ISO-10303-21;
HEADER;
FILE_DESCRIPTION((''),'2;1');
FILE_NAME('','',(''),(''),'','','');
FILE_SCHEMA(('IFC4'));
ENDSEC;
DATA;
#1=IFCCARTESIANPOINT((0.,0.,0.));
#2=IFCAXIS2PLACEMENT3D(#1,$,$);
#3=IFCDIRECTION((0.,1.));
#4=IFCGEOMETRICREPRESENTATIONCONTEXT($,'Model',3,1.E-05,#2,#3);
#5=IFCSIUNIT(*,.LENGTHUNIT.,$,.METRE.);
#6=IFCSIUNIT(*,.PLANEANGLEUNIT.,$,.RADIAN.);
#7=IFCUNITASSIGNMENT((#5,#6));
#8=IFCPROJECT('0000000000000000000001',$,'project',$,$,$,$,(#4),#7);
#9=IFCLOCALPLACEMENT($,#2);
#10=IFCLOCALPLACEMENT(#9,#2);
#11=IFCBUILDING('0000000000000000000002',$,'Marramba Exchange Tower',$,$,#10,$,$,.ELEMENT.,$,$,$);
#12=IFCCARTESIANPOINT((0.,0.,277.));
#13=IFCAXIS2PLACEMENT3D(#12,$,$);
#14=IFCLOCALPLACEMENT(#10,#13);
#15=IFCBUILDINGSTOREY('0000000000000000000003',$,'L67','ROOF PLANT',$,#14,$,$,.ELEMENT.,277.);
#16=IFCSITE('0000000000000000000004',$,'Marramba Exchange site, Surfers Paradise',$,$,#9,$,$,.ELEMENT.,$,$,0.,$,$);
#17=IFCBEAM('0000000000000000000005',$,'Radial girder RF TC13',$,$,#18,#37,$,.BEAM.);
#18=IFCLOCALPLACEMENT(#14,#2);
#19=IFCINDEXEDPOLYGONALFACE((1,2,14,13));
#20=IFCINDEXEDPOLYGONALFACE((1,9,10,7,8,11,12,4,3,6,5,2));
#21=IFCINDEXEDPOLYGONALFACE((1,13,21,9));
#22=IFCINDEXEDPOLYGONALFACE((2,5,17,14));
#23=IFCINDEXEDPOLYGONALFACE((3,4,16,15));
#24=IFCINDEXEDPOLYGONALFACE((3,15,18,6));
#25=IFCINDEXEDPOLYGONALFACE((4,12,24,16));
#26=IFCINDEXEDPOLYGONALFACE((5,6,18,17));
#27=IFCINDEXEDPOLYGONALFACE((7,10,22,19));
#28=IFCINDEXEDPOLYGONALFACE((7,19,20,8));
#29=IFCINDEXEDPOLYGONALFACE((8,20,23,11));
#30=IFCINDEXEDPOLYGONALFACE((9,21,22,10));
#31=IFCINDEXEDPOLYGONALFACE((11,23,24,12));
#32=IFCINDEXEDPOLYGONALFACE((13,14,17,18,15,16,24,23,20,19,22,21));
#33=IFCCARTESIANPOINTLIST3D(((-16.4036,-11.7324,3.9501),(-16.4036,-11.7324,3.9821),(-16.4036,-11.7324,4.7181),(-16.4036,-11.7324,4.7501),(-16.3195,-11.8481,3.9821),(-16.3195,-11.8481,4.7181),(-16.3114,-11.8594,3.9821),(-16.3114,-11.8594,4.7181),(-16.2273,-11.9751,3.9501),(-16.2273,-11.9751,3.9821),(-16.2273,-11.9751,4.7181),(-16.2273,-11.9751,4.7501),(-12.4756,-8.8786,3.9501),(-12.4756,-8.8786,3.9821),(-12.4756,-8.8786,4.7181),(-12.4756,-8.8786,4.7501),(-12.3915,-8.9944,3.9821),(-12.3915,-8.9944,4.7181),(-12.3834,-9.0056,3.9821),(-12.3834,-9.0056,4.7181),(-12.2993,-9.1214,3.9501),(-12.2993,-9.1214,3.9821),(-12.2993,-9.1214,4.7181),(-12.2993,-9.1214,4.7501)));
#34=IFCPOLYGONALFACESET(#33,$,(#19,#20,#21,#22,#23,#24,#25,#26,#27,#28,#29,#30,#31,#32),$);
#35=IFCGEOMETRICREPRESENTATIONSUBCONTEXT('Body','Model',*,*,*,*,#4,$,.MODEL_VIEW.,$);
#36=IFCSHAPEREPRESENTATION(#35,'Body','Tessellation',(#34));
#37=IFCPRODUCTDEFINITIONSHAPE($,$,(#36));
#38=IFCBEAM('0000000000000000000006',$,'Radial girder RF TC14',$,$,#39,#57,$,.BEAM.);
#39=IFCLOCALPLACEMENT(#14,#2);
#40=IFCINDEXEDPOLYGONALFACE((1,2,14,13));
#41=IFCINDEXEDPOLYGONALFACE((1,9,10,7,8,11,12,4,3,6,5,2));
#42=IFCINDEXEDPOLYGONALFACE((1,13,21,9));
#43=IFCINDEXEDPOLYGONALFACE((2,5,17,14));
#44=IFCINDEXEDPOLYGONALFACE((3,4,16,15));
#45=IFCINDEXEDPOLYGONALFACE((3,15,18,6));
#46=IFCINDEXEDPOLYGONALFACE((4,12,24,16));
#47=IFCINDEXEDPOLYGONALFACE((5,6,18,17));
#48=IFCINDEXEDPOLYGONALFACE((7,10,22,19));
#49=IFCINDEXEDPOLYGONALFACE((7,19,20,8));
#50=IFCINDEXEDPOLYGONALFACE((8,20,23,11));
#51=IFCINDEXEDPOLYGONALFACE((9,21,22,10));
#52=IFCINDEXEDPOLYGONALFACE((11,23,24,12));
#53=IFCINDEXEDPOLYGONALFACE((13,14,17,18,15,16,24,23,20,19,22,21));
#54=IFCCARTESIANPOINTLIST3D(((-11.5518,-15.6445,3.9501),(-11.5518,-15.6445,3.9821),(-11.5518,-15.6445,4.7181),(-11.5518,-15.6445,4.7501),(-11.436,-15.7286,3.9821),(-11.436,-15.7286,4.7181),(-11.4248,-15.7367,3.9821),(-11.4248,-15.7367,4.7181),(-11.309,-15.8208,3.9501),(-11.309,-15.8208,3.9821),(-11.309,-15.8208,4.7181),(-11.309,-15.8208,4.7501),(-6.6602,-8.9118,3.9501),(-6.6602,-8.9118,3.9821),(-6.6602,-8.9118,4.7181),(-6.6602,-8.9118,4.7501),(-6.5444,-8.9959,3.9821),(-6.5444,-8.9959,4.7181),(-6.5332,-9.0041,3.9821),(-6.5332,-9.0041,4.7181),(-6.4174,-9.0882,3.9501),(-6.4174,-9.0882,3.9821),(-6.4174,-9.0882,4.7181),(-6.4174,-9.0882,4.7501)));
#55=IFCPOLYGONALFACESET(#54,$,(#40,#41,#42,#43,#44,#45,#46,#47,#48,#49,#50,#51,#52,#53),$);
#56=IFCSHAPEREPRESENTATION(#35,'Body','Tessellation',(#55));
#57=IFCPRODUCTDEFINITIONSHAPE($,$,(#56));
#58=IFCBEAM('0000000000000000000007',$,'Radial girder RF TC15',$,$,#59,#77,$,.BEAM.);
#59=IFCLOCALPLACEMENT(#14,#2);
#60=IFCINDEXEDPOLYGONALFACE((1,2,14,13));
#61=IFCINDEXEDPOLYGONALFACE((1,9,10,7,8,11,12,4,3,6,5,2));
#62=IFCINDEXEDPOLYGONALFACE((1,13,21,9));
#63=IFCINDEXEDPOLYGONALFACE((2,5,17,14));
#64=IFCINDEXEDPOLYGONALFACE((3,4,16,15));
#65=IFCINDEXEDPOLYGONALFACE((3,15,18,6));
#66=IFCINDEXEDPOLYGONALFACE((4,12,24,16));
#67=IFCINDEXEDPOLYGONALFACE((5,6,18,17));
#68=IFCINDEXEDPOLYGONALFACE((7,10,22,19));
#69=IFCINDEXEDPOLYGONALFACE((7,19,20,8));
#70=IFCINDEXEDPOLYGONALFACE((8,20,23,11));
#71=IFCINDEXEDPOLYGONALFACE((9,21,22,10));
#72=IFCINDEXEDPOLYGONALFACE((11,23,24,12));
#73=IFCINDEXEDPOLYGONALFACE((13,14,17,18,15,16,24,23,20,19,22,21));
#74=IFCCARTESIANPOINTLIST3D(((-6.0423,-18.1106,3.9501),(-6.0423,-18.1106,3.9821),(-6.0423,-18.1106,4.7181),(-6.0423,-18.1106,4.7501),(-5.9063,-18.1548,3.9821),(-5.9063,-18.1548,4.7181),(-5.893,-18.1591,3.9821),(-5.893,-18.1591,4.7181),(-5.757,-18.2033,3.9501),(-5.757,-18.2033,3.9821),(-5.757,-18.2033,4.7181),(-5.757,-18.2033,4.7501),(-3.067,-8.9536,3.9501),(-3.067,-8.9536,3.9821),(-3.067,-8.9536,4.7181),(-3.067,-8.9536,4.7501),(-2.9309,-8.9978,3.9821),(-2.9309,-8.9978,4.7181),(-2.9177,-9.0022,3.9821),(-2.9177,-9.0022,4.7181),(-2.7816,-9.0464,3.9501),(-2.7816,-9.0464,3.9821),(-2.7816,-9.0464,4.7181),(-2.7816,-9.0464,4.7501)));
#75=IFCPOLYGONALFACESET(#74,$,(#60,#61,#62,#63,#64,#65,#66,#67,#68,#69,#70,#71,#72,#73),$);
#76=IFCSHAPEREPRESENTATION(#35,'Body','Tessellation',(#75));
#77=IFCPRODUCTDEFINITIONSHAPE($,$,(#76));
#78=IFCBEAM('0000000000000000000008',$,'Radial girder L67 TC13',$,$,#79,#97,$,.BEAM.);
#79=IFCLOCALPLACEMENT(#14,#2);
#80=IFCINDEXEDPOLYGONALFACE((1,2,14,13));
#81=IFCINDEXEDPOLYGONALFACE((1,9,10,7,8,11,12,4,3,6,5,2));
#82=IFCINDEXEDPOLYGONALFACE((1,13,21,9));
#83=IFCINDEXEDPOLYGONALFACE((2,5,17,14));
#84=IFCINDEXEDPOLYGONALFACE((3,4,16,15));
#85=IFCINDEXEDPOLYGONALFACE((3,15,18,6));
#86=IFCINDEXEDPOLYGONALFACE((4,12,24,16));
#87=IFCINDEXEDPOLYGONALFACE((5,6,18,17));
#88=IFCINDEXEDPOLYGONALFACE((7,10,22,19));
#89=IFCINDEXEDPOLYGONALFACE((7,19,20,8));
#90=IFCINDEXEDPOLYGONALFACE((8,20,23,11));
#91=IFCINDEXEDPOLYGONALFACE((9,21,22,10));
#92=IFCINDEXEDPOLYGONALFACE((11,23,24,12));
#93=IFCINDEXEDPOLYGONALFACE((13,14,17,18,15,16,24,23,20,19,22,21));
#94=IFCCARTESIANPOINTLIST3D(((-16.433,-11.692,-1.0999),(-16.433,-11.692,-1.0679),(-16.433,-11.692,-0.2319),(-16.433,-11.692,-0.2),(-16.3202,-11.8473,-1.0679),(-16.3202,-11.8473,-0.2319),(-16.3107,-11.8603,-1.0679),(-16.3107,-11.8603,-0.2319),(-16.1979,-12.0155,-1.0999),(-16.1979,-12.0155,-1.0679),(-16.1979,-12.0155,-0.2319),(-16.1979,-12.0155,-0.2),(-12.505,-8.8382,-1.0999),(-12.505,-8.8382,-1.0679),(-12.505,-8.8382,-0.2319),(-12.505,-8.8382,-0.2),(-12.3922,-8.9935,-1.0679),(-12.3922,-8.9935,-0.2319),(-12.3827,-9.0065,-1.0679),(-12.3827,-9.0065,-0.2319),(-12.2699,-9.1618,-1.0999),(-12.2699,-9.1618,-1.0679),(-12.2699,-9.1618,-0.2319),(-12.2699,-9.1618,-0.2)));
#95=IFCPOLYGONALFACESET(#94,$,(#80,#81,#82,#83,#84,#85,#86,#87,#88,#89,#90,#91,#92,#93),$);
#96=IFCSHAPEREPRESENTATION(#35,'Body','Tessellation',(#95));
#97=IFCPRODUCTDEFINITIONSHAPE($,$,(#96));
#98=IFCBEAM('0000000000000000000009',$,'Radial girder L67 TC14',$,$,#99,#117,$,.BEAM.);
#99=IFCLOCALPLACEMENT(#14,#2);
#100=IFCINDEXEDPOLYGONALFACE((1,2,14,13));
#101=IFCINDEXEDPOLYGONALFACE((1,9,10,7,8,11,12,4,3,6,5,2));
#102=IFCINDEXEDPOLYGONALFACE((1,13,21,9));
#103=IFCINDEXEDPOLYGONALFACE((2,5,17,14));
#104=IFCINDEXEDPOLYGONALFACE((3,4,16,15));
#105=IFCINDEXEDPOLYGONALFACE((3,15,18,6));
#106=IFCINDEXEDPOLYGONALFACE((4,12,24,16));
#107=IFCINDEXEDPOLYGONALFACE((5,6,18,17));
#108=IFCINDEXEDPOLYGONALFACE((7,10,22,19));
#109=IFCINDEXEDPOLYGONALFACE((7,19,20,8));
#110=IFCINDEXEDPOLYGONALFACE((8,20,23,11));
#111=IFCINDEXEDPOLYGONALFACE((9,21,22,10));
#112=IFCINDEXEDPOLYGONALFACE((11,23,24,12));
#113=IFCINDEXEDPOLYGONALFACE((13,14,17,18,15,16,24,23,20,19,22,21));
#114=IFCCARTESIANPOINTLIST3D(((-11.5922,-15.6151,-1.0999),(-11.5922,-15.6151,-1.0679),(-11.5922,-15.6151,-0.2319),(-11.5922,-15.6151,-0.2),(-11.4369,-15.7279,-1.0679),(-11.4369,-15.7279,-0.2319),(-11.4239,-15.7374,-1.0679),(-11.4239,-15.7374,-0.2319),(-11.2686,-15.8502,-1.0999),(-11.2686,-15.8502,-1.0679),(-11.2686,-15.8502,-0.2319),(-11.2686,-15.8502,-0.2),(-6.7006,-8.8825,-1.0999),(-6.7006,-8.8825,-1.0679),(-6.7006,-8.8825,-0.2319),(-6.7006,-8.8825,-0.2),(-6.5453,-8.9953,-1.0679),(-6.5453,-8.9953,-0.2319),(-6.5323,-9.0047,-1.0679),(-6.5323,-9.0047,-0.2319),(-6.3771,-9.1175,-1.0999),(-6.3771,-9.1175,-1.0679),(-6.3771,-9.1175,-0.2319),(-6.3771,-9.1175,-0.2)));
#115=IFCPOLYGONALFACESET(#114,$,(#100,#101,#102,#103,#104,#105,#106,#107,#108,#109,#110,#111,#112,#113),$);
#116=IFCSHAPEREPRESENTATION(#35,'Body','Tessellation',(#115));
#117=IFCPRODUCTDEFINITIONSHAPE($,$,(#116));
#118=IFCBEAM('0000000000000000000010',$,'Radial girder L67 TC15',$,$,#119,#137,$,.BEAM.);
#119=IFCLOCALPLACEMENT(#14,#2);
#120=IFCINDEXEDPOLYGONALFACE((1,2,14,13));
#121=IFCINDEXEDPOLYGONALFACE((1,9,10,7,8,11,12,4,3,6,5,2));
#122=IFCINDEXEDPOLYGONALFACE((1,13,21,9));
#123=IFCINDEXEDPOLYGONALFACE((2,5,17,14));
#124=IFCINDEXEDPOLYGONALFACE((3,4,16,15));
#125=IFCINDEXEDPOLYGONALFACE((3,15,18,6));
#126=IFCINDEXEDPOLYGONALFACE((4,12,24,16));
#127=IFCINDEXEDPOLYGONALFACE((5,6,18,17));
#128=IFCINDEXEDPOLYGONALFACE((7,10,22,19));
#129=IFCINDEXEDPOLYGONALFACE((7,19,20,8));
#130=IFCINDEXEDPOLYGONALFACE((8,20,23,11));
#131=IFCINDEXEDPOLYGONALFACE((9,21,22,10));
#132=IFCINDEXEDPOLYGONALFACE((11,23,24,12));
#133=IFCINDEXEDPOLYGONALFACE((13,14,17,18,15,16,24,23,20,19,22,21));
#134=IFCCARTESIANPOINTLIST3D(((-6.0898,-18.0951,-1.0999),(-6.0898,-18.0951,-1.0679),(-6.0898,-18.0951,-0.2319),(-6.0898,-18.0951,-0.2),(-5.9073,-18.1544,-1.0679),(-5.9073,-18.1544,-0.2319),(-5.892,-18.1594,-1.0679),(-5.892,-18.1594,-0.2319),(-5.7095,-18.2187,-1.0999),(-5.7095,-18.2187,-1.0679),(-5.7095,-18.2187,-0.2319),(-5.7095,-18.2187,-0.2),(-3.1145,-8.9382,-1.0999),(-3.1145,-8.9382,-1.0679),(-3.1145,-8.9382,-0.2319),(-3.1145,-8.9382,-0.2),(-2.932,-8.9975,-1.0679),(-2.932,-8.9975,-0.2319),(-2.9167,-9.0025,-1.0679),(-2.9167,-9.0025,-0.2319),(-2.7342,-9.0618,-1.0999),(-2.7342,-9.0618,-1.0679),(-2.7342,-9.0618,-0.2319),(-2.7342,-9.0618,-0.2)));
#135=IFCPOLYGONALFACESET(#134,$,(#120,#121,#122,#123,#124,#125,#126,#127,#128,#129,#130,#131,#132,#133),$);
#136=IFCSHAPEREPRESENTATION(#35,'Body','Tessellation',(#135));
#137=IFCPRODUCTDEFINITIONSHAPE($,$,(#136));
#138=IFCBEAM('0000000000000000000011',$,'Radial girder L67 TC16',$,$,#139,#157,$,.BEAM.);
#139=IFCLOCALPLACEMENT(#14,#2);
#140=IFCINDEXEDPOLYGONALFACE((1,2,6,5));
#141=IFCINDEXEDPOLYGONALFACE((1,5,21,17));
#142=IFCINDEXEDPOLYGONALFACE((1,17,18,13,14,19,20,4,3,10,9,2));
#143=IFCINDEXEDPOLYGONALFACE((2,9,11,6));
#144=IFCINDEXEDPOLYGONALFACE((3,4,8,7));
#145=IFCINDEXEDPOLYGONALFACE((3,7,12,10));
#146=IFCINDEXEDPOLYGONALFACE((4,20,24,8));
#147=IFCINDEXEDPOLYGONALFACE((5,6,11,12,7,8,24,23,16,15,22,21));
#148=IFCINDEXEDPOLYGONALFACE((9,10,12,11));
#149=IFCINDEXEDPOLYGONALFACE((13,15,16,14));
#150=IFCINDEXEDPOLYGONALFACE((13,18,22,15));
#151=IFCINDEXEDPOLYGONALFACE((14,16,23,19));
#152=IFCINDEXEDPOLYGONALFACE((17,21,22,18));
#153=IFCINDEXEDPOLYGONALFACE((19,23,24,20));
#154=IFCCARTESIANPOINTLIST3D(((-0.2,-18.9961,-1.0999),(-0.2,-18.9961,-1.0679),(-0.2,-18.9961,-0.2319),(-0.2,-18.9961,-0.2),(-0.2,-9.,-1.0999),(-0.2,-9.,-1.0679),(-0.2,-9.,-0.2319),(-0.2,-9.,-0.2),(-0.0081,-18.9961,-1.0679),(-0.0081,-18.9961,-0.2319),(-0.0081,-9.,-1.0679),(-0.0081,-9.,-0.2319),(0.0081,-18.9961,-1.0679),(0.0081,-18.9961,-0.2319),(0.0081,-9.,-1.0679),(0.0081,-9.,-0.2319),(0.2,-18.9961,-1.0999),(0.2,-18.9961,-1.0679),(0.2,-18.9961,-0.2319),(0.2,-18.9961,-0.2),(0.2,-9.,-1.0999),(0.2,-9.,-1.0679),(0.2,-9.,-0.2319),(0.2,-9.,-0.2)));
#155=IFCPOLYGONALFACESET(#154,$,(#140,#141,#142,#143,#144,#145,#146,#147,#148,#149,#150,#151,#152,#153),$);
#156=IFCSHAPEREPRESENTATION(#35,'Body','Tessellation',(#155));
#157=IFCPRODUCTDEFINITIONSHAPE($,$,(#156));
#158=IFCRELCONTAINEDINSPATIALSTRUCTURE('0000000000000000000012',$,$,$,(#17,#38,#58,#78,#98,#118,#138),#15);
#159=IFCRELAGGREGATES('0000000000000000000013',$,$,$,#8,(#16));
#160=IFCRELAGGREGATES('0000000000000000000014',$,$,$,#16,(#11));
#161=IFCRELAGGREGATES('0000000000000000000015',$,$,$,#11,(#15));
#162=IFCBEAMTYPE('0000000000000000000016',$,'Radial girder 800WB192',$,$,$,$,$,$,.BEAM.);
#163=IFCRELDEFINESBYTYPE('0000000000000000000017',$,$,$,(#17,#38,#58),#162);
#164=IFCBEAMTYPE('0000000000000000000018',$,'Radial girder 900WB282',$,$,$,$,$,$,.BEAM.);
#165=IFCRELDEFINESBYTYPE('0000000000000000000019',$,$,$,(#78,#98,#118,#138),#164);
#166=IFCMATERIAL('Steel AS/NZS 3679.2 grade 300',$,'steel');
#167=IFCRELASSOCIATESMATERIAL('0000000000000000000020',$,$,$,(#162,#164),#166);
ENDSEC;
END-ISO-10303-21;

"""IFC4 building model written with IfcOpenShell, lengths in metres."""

from ifc_helpers import new_model, si_unit, direction, frame, origin, origin_2d, place, context, subcontext, project, spatial, i_section, extrude, material, material_profile, profile_set, type_object, element, save


model = new_model("IFC4")

# Units and contexts
model_context = context("Model", 3, precision=1e-05, world=origin(), true_north=direction((0.0, 1.0)))
body_context = subcontext(model_context, "Body", "Model", "MODEL_VIEW")
ifc_project = project(units=[si_unit("LENGTHUNIT", "METRE"), si_unit("PLANEANGLEUNIT", "RADIAN")], contexts=[model_context])

# Site, building, storey
site_placement = place(None, origin())
site = spatial("IfcSite", under=ifc_project, at=site_placement, Name="Marramba Exchange site, Surfers Paradise", CompositionType="ELEMENT", RefElevation=0.0)
building_placement = place(site_placement, origin())
building = spatial("IfcBuilding", under=site, at=building_placement, Name="Marramba Exchange Tower", CompositionType="ELEMENT")
storey_placement = place(building_placement, frame((0.0, 0.0, 277.0)))
storey = spatial("IfcBuildingStorey", under=building, at=storey_placement, Name="L67", Description="ROOF PLANT", CompositionType="ELEMENT", Elevation=277.0)

# Beams
ifc_material_1 = material(Name="Steel AS/NZS 3679.2 grade 300", Category="steel")
ifc_material_profile_1 = material_profile(ifc_material_1, i_section(OverallWidth=0.3, OverallDepth=0.8, WebThickness=0.0139, FlangeThickness=0.032, at=origin_2d()), Name="800WB192")
ifc_profile_set_1 = profile_set([ifc_material_profile_1], Name="Steel AS/NZS 3679.2 grade 300")
beam_type_1 = type_object("IfcBeamType", Name="Radial girder 800WB192", PredefinedType="BEAM", material=ifc_profile_set_1)
beam_1_placement = place(storey_placement, frame((-12.3875, -9.0, 4.3501), z_axis=(-0.809025, -0.587774, 0.0), x_axis=(0.587774, -0.809025, 0.0)))
element("IfcBeam", 1, at=beam_1_placement, inside=storey, type_object=beam_type_1, Name="Radial girder RF TC13", PredefinedType="BEAM", context=body_context, shape_type="SweptSolid", body=[
    extrude(i_section(OverallWidth=0.3, OverallDepth=0.8, WebThickness=0.0139, FlangeThickness=0.032, at=origin_2d()), origin(), (0.0, 0.0, 1.0), 4.8552),
])
beam_2_placement = place(storey_placement, frame((-6.5388, -9.0, 4.3501), z_axis=(-0.587788, -0.809015, 0.0), x_axis=(0.809015, -0.587788, 0.0)))
element("IfcBeam", 2, at=beam_2_placement, inside=storey, type_object=beam_type_1, Name="Radial girder RF TC14", PredefinedType="BEAM", context=body_context, shape_type="SweptSolid", body=[
    extrude(i_section(OverallWidth=0.3, OverallDepth=0.8, WebThickness=0.0139, FlangeThickness=0.032, at=origin_2d()), origin(), (0.0, 0.0, 1.0), 8.322),
])
beam_3_placement = place(storey_placement, frame((-2.9243, -9.0, 4.3501), z_axis=(-0.309022, -0.951055, 0.0), x_axis=(0.951055, -0.309022, 0.0)))
element("IfcBeam", 3, at=beam_3_placement, inside=storey, type_object=beam_type_1, Name="Radial girder RF TC15", PredefinedType="BEAM", context=body_context, shape_type="SweptSolid", body=[
    extrude(i_section(OverallWidth=0.3, OverallDepth=0.8, WebThickness=0.0139, FlangeThickness=0.032, at=origin_2d()), origin(), (0.0, 0.0, 1.0), 9.6282),
])
ifc_material_profile_2 = material_profile(ifc_material_1, i_section(OverallWidth=0.3999, OverallDepth=0.8999, WebThickness=0.0161, FlangeThickness=0.032, at=origin_2d()), Name="900WB282")
ifc_profile_set_2 = profile_set([ifc_material_profile_2], Name="Steel AS/NZS 3679.2 grade 300")
beam_type_2 = type_object("IfcBeamType", Name="Radial girder 900WB282", PredefinedType="BEAM", material=ifc_profile_set_2)
beam_4_placement = place(storey_placement, frame((-12.3875, -9.0, -0.6499), z_axis=(-0.809025, -0.587774, 0.0), x_axis=(0.587774, -0.809025, 0.0)))
element("IfcBeam", 4, at=beam_4_placement, inside=storey, type_object=beam_type_2, Name="Radial girder L67 TC13", PredefinedType="BEAM", context=body_context, shape_type="SweptSolid", body=[
    extrude(i_section(OverallWidth=0.3999, OverallDepth=0.8999, WebThickness=0.0161, FlangeThickness=0.032, at=origin_2d()), origin(), (0.0, 0.0, 1.0), 4.8552),
])
beam_5_placement = place(storey_placement, frame((-6.5388, -9.0, -0.6499), z_axis=(-0.587788, -0.809015, 0.0), x_axis=(0.809015, -0.587788, 0.0)))
element("IfcBeam", 5, at=beam_5_placement, inside=storey, type_object=beam_type_2, Name="Radial girder L67 TC14", PredefinedType="BEAM", context=body_context, shape_type="SweptSolid", body=[
    extrude(i_section(OverallWidth=0.3999, OverallDepth=0.8999, WebThickness=0.0161, FlangeThickness=0.032, at=origin_2d()), origin(), (0.0, 0.0, 1.0), 8.322),
])
beam_6_placement = place(storey_placement, frame((-2.9243, -9.0, -0.6499), z_axis=(-0.309022, -0.951055, 0.0), x_axis=(0.951055, -0.309022, 0.0)))
element("IfcBeam", 6, at=beam_6_placement, inside=storey, type_object=beam_type_2, Name="Radial girder L67 TC15", PredefinedType="BEAM", context=body_context, shape_type="SweptSolid", body=[
    extrude(i_section(OverallWidth=0.3999, OverallDepth=0.8999, WebThickness=0.0161, FlangeThickness=0.032, at=origin_2d()), origin(), (0.0, 0.0, 1.0), 9.6282),
])
beam_7_placement = place(storey_placement, frame((0.0, -9.0, -0.6499), z_axis=(0.0, -1.0, 0.0), x_axis=(1.0, 0.0, 0.0)))
element("IfcBeam", 7, at=beam_7_placement, inside=storey, type_object=beam_type_2, Name="Radial girder L67 TC16", PredefinedType="BEAM", context=body_context, shape_type="SweptSolid", body=[
    extrude(i_section(OverallWidth=0.3999, OverallDepth=0.8999, WebThickness=0.0161, FlangeThickness=0.032, at=origin_2d()), origin(), (0.0, 0.0, 1.0), 9.9961),
])

save(model, "model.ifc")
